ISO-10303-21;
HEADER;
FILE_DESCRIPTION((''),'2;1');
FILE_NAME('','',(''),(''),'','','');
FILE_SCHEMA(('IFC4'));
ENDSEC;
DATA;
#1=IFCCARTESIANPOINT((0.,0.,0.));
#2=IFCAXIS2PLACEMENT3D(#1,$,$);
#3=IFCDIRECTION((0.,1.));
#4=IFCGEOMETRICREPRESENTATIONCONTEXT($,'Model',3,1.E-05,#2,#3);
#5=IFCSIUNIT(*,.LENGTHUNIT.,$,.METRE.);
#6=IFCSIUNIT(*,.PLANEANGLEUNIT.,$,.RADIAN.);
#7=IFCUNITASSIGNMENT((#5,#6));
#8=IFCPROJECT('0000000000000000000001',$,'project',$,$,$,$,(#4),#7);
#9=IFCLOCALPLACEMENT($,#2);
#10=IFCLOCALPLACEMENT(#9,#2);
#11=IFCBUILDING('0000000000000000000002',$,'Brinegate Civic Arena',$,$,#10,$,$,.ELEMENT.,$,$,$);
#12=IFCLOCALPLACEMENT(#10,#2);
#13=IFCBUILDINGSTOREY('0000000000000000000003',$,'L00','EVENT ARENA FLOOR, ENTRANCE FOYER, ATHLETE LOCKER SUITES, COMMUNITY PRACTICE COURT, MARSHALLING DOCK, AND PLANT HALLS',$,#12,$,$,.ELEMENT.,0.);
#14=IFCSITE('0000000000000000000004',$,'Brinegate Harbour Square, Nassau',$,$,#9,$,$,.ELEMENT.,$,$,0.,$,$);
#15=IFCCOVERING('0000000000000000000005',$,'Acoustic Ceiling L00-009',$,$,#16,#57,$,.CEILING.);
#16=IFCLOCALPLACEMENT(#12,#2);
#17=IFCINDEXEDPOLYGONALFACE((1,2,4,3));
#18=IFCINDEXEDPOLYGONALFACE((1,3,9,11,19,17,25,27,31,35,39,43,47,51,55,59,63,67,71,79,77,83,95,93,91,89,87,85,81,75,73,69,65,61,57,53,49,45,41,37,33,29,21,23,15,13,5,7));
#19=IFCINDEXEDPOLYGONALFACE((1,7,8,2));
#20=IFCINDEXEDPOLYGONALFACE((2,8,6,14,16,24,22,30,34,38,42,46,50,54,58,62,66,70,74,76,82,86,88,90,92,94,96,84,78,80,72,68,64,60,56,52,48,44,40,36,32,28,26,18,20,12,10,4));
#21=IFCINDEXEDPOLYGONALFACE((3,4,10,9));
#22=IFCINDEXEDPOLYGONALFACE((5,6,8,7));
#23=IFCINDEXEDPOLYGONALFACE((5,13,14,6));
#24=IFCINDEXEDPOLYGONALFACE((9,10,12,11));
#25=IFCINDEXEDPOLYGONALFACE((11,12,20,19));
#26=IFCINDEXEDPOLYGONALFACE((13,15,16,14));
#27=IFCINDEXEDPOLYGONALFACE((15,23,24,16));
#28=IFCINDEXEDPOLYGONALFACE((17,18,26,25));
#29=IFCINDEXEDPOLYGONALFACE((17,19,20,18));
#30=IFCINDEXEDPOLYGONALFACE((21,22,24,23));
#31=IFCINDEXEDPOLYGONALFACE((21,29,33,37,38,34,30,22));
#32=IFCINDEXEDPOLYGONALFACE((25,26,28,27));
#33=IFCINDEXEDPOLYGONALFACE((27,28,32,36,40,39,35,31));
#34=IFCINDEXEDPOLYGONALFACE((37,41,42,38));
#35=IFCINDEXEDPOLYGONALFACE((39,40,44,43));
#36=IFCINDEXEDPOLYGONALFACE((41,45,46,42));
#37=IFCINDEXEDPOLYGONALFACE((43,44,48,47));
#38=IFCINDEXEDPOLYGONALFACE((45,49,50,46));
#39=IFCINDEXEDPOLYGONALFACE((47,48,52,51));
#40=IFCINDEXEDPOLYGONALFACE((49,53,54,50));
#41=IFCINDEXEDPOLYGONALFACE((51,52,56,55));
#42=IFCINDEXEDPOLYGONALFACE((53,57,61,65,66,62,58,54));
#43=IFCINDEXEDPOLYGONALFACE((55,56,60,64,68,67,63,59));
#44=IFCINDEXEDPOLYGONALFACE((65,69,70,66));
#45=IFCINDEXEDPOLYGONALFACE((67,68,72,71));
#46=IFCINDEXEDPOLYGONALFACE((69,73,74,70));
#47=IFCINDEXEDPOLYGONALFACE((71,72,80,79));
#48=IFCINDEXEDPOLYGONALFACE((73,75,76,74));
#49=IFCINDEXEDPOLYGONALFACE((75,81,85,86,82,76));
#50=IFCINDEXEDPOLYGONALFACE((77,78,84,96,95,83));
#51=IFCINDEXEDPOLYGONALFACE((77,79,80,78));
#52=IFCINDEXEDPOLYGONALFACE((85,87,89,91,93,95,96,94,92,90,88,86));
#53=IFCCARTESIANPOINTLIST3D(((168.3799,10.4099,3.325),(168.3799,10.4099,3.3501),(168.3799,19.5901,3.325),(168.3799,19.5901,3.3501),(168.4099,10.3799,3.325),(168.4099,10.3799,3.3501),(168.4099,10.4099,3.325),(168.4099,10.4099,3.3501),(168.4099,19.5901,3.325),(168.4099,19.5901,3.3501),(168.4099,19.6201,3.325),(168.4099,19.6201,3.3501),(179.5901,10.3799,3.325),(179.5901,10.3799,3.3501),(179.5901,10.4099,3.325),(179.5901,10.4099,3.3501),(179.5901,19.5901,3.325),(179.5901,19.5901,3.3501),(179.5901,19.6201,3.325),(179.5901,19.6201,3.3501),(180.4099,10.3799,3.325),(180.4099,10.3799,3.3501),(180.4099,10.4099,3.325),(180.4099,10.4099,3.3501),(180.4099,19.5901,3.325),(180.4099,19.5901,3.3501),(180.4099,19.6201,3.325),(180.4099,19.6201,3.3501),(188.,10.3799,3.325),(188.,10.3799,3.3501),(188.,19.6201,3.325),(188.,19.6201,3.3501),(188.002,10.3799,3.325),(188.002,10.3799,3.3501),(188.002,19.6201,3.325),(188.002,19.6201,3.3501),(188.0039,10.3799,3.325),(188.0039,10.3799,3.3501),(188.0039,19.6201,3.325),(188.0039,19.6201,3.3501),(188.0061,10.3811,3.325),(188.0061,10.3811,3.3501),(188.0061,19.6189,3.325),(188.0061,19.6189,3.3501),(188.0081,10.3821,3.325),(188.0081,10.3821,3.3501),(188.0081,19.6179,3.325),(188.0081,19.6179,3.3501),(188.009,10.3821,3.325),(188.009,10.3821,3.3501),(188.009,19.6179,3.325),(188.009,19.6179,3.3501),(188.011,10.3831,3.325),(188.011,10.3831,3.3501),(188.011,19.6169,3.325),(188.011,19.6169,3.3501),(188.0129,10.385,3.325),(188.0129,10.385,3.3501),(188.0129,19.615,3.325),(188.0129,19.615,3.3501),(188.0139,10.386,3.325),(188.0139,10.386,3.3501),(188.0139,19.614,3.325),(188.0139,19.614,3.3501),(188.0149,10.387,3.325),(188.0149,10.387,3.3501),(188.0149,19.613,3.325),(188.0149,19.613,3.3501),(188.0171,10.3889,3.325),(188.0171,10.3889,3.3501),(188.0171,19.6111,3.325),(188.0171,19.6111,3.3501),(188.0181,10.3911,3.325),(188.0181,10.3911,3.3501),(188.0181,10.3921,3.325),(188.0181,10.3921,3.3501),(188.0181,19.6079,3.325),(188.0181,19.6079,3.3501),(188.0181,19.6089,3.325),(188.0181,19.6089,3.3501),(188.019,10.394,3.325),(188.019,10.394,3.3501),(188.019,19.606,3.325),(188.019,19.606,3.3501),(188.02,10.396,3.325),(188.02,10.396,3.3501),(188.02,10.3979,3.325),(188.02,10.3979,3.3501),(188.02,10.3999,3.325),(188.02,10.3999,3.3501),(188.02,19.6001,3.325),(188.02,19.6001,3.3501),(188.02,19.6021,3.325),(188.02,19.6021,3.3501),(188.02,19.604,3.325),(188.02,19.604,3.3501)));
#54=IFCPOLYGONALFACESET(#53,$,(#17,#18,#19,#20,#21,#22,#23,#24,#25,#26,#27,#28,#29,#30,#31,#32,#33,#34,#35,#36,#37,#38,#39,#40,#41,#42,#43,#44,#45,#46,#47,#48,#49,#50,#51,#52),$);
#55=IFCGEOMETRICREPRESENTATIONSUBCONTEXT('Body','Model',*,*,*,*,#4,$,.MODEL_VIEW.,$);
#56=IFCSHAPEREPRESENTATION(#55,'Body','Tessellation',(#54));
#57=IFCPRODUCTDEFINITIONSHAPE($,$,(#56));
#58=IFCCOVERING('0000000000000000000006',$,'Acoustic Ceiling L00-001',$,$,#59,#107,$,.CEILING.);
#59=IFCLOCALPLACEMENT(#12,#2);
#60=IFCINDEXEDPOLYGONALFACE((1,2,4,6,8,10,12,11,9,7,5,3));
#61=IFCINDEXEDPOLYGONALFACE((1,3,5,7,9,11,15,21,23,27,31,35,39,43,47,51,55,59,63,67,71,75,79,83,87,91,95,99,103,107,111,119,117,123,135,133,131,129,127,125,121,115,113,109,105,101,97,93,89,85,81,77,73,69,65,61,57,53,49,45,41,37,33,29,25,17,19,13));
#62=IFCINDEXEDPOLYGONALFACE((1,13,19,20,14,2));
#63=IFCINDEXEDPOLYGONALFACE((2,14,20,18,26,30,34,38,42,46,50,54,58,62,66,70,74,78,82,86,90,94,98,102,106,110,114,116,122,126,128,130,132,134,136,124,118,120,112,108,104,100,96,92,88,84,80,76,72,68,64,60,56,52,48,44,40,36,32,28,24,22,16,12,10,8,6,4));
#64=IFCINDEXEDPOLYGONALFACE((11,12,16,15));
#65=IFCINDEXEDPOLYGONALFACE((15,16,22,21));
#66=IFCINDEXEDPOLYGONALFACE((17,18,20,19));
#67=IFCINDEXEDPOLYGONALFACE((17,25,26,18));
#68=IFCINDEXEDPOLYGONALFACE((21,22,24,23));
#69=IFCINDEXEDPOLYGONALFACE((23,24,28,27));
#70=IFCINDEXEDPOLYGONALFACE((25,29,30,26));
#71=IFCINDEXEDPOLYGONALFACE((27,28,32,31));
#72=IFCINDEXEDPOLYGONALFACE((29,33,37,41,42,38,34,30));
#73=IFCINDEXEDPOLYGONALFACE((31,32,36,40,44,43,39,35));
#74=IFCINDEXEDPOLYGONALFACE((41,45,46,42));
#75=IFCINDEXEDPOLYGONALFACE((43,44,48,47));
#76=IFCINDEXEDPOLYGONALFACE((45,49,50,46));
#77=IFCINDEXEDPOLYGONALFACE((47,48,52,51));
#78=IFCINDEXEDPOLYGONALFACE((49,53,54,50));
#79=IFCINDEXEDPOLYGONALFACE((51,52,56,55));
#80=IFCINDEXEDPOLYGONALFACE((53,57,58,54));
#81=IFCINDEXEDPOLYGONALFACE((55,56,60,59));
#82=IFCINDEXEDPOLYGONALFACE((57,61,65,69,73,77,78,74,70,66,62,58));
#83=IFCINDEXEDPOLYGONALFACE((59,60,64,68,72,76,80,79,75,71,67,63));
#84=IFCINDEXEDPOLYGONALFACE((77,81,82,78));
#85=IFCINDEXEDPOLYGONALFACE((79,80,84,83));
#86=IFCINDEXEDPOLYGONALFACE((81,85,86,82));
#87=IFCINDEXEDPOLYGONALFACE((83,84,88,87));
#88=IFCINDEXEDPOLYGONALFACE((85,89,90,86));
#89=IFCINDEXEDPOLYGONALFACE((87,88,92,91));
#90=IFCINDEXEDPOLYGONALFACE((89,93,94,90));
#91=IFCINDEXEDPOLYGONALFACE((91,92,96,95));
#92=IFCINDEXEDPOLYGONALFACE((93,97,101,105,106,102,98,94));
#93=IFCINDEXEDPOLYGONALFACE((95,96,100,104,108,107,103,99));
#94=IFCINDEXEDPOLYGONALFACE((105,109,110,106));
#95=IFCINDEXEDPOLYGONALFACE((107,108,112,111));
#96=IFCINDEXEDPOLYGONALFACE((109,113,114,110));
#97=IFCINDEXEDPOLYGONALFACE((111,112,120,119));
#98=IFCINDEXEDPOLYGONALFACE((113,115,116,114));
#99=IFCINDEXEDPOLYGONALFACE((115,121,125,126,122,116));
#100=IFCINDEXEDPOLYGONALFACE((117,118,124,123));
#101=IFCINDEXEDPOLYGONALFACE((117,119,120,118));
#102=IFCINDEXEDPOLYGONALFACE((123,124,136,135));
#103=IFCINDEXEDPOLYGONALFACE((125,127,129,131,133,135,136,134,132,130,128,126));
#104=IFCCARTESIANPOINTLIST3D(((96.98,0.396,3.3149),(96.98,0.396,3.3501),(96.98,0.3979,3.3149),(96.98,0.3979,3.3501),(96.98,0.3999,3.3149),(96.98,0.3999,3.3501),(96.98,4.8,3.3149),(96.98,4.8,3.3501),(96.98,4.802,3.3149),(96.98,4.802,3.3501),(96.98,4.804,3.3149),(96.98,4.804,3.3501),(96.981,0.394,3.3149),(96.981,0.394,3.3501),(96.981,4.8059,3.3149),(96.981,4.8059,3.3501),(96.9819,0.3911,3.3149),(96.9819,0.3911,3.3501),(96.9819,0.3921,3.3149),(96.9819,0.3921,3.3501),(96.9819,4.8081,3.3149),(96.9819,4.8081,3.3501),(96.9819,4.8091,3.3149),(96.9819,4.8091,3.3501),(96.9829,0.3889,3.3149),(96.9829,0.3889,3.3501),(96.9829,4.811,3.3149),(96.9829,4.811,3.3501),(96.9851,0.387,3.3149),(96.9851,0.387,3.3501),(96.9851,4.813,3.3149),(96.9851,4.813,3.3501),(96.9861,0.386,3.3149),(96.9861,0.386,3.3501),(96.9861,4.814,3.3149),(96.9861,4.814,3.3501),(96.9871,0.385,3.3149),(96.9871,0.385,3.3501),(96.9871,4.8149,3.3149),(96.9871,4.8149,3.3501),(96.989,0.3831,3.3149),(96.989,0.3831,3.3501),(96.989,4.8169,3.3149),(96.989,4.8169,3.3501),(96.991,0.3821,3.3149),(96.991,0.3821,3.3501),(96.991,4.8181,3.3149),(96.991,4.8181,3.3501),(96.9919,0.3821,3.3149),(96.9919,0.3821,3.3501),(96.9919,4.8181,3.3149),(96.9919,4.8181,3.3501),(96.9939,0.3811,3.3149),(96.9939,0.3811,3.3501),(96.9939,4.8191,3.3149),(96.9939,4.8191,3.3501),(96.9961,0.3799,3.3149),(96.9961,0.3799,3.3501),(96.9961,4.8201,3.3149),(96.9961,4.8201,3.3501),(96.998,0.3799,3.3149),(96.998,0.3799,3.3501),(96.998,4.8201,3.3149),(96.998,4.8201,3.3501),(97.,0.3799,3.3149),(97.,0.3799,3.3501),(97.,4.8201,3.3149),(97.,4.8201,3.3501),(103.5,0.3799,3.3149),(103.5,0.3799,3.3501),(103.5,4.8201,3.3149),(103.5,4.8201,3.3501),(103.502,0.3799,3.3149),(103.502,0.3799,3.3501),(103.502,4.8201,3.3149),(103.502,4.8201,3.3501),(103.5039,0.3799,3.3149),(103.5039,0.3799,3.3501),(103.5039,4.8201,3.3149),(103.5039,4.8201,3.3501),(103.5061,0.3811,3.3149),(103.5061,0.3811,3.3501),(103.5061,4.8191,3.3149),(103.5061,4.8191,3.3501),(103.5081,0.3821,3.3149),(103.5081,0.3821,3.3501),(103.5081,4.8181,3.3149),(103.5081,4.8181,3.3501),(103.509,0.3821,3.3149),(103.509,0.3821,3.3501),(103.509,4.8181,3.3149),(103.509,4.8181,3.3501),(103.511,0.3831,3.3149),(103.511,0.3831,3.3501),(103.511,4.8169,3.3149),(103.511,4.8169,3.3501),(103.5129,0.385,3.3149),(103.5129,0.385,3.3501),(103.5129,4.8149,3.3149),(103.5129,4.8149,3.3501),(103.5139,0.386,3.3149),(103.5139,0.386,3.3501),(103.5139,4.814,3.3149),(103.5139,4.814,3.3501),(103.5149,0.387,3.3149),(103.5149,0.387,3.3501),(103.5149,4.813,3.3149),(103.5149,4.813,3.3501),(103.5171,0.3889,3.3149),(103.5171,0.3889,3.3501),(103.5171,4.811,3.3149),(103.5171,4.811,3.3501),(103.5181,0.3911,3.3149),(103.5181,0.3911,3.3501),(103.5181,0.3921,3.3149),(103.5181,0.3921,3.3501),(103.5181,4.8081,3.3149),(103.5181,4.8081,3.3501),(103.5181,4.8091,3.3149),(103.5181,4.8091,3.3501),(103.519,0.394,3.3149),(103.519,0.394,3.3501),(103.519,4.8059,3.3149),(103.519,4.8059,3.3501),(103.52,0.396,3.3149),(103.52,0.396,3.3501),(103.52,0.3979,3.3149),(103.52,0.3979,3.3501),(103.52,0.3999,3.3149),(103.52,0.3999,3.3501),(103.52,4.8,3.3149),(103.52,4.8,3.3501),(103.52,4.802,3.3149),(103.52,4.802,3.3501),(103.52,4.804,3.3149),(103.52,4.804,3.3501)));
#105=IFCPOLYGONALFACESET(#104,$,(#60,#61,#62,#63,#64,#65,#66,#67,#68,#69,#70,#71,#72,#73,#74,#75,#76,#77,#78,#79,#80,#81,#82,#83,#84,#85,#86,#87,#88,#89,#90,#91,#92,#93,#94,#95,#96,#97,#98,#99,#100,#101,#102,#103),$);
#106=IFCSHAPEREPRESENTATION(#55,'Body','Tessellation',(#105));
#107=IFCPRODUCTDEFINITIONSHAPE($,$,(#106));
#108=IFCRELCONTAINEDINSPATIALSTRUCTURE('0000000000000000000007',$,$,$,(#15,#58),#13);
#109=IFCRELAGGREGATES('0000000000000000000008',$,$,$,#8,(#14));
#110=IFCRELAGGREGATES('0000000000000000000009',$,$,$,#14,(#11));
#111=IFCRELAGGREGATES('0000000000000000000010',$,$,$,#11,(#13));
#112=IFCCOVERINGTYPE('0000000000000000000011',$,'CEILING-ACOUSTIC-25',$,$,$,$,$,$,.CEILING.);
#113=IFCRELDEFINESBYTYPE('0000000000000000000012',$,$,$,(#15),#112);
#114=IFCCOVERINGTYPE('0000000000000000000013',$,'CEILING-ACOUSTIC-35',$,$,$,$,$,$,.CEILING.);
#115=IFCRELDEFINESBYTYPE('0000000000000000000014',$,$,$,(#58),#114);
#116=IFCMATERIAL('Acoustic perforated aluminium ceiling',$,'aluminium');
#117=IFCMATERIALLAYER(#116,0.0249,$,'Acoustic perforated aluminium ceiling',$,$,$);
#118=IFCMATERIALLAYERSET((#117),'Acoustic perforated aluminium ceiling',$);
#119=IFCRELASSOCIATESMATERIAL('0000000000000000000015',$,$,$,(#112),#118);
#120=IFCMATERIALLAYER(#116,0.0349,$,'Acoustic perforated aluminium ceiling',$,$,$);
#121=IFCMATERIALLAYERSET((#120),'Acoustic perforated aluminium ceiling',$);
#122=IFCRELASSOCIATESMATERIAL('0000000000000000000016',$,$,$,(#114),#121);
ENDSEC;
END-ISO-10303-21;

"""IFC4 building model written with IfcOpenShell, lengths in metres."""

from ifc_helpers import new_model, si_unit, direction, frame, origin, place, context, subcontext, project, spatial, polyline, outline, extrude, material, layer, layer_set, type_object, element, save


model = new_model("IFC4")

# Units and contexts
model_context = context("Model", 3, precision=1e-05, world=origin(), true_north=direction((0.0, 1.0)))
body_context = subcontext(model_context, "Body", "Model", "MODEL_VIEW")
ifc_project = project(units=[si_unit("LENGTHUNIT", "METRE"), si_unit("PLANEANGLEUNIT", "RADIAN")], contexts=[model_context])

# Site, building, storey
site_placement = place(None, origin())
site = spatial("IfcSite", under=ifc_project, at=site_placement, Name="Brinegate Harbour Square, Nassau", CompositionType="ELEMENT", RefElevation=0.0)
building_placement = place(site_placement, origin())
building = spatial("IfcBuilding", under=site, at=building_placement, Name="Brinegate Civic Arena", CompositionType="ELEMENT")
storey_placement = place(building_placement, origin())
storey = spatial("IfcBuildingStorey", under=building, at=storey_placement, Name="L00", Description="EVENT ARENA FLOOR, ENTRANCE FOYER, ATHLETE LOCKER SUITES, COMMUNITY PRACTICE COURT, MARSHALLING DOCK, AND PLANT HALLS", CompositionType="ELEMENT", Elevation=0.0)

# Coverings
ifc_material_1 = material(Name="Acoustic perforated aluminium ceiling", Category="aluminium")
ifc_layer_1 = layer(ifc_material_1, 0.0249, Name="Acoustic perforated aluminium ceiling")
ifc_layer_set_1 = layer_set([ifc_layer_1], Name="Acoustic perforated aluminium ceiling")
covering_type_1 = type_object("IfcCoveringType", Name="CEILING-ACOUSTIC-25", PredefinedType="CEILING", material=ifc_layer_set_1)
covering_1_placement = place(storey_placement, frame((0.0, 0.0, 3.325)))
element("IfcCovering", 1, at=covering_1_placement, inside=storey, type_object=covering_type_1, Name="Acoustic Ceiling L00-009", PredefinedType="CEILING", context=body_context, shape_type="SweptSolid", body=[
    extrude(outline(polyline([(188.0039, 19.6201), (188.0061, 19.6189), (188.0081, 19.6179), (188.009, 19.6179), (188.011, 19.6169), (188.0129, 19.615), (188.0139, 19.614), (188.0149, 19.613), (188.0171, 19.6111), (188.0181, 19.6089), (188.0181, 19.6079), (188.019, 19.606), (188.02, 19.604), (188.02, 19.6021), (188.02, 19.6001), (188.02, 10.3999), (188.02, 10.3979), (188.02, 10.396), (188.019, 10.394), (188.0181, 10.3921), (188.0181, 10.3911), (188.0171, 10.3889), (188.0149, 10.387), (188.0139, 10.386), (188.0129, 10.385), (188.011, 10.3831), (188.009, 10.3821), (188.0081, 10.3821), (188.0061, 10.3811), (188.0039, 10.3799), (188.002, 10.3799), (188.0, 10.3799), (180.4099, 10.3799), (180.4099, 10.4099), (179.5901, 10.4099), (179.5901, 10.3799), (168.4099, 10.3799), (168.4099, 10.4099), (168.3799, 10.4099), (168.3799, 19.5901), (168.4099, 19.5901), (168.4099, 19.6201), (179.5901, 19.6201), (179.5901, 19.5901), (180.4099, 19.5901), (180.4099, 19.6201), (188.0, 19.6201), (188.002, 19.6201), (188.0039, 19.6201)])), origin(), (0.0, 0.0, 1.0), 0.0251),
])
ifc_layer_2 = layer(ifc_material_1, 0.0349, Name="Acoustic perforated aluminium ceiling")
ifc_layer_set_2 = layer_set([ifc_layer_2], Name="Acoustic perforated aluminium ceiling")
covering_type_2 = type_object("IfcCoveringType", Name="CEILING-ACOUSTIC-35", PredefinedType="CEILING", material=ifc_layer_set_2)
covering_2_placement = place(storey_placement, frame((0.0, 0.0, 3.3149)))
element("IfcCovering", 2, at=covering_2_placement, inside=storey, type_object=covering_type_2, Name="Acoustic Ceiling L00-001", PredefinedType="CEILING", context=body_context, shape_type="SweptSolid", body=[
    extrude(outline(polyline([(103.502, 4.8201), (103.5039, 4.8201), (103.5061, 4.8191), (103.5081, 4.8181), (103.509, 4.8181), (103.511, 4.8169), (103.5129, 4.8149), (103.5139, 4.814), (103.5149, 4.813), (103.5171, 4.811), (103.5181, 4.8091), (103.5181, 4.8081), (103.519, 4.8059), (103.52, 4.804), (103.52, 4.802), (103.52, 4.8), (103.52, 0.3999), (103.52, 0.3979), (103.52, 0.396), (103.519, 0.394), (103.5181, 0.3921), (103.5181, 0.3911), (103.5171, 0.3889), (103.5149, 0.387), (103.5139, 0.386), (103.5129, 0.385), (103.511, 0.3831), (103.509, 0.3821), (103.5081, 0.3821), (103.5061, 0.3811), (103.5039, 0.3799), (103.502, 0.3799), (103.5, 0.3799), (97.0, 0.3799), (96.998, 0.3799), (96.9961, 0.3799), (96.9939, 0.3811), (96.9919, 0.3821), (96.991, 0.3821), (96.989, 0.3831), (96.9871, 0.385), (96.9861, 0.386), (96.9851, 0.387), (96.9829, 0.3889), (96.9819, 0.3911), (96.9819, 0.3921), (96.981, 0.394), (96.98, 0.396), (96.98, 0.3979), (96.98, 0.3999), (96.98, 4.8), (96.98, 4.802), (96.98, 4.804), (96.981, 4.8059), (96.9819, 4.8081), (96.9819, 4.8091), (96.9829, 4.811), (96.9851, 4.813), (96.9861, 4.814), (96.9871, 4.8149), (96.989, 4.8169), (96.991, 4.8181), (96.9919, 4.8181), (96.9939, 4.8191), (96.9961, 4.8201), (96.998, 4.8201), (97.0, 4.8201), (103.5, 4.8201), (103.502, 4.8201)])), origin(), (0.0, 0.0, 1.0), 0.0352),
])

save(model, "model.ifc")
